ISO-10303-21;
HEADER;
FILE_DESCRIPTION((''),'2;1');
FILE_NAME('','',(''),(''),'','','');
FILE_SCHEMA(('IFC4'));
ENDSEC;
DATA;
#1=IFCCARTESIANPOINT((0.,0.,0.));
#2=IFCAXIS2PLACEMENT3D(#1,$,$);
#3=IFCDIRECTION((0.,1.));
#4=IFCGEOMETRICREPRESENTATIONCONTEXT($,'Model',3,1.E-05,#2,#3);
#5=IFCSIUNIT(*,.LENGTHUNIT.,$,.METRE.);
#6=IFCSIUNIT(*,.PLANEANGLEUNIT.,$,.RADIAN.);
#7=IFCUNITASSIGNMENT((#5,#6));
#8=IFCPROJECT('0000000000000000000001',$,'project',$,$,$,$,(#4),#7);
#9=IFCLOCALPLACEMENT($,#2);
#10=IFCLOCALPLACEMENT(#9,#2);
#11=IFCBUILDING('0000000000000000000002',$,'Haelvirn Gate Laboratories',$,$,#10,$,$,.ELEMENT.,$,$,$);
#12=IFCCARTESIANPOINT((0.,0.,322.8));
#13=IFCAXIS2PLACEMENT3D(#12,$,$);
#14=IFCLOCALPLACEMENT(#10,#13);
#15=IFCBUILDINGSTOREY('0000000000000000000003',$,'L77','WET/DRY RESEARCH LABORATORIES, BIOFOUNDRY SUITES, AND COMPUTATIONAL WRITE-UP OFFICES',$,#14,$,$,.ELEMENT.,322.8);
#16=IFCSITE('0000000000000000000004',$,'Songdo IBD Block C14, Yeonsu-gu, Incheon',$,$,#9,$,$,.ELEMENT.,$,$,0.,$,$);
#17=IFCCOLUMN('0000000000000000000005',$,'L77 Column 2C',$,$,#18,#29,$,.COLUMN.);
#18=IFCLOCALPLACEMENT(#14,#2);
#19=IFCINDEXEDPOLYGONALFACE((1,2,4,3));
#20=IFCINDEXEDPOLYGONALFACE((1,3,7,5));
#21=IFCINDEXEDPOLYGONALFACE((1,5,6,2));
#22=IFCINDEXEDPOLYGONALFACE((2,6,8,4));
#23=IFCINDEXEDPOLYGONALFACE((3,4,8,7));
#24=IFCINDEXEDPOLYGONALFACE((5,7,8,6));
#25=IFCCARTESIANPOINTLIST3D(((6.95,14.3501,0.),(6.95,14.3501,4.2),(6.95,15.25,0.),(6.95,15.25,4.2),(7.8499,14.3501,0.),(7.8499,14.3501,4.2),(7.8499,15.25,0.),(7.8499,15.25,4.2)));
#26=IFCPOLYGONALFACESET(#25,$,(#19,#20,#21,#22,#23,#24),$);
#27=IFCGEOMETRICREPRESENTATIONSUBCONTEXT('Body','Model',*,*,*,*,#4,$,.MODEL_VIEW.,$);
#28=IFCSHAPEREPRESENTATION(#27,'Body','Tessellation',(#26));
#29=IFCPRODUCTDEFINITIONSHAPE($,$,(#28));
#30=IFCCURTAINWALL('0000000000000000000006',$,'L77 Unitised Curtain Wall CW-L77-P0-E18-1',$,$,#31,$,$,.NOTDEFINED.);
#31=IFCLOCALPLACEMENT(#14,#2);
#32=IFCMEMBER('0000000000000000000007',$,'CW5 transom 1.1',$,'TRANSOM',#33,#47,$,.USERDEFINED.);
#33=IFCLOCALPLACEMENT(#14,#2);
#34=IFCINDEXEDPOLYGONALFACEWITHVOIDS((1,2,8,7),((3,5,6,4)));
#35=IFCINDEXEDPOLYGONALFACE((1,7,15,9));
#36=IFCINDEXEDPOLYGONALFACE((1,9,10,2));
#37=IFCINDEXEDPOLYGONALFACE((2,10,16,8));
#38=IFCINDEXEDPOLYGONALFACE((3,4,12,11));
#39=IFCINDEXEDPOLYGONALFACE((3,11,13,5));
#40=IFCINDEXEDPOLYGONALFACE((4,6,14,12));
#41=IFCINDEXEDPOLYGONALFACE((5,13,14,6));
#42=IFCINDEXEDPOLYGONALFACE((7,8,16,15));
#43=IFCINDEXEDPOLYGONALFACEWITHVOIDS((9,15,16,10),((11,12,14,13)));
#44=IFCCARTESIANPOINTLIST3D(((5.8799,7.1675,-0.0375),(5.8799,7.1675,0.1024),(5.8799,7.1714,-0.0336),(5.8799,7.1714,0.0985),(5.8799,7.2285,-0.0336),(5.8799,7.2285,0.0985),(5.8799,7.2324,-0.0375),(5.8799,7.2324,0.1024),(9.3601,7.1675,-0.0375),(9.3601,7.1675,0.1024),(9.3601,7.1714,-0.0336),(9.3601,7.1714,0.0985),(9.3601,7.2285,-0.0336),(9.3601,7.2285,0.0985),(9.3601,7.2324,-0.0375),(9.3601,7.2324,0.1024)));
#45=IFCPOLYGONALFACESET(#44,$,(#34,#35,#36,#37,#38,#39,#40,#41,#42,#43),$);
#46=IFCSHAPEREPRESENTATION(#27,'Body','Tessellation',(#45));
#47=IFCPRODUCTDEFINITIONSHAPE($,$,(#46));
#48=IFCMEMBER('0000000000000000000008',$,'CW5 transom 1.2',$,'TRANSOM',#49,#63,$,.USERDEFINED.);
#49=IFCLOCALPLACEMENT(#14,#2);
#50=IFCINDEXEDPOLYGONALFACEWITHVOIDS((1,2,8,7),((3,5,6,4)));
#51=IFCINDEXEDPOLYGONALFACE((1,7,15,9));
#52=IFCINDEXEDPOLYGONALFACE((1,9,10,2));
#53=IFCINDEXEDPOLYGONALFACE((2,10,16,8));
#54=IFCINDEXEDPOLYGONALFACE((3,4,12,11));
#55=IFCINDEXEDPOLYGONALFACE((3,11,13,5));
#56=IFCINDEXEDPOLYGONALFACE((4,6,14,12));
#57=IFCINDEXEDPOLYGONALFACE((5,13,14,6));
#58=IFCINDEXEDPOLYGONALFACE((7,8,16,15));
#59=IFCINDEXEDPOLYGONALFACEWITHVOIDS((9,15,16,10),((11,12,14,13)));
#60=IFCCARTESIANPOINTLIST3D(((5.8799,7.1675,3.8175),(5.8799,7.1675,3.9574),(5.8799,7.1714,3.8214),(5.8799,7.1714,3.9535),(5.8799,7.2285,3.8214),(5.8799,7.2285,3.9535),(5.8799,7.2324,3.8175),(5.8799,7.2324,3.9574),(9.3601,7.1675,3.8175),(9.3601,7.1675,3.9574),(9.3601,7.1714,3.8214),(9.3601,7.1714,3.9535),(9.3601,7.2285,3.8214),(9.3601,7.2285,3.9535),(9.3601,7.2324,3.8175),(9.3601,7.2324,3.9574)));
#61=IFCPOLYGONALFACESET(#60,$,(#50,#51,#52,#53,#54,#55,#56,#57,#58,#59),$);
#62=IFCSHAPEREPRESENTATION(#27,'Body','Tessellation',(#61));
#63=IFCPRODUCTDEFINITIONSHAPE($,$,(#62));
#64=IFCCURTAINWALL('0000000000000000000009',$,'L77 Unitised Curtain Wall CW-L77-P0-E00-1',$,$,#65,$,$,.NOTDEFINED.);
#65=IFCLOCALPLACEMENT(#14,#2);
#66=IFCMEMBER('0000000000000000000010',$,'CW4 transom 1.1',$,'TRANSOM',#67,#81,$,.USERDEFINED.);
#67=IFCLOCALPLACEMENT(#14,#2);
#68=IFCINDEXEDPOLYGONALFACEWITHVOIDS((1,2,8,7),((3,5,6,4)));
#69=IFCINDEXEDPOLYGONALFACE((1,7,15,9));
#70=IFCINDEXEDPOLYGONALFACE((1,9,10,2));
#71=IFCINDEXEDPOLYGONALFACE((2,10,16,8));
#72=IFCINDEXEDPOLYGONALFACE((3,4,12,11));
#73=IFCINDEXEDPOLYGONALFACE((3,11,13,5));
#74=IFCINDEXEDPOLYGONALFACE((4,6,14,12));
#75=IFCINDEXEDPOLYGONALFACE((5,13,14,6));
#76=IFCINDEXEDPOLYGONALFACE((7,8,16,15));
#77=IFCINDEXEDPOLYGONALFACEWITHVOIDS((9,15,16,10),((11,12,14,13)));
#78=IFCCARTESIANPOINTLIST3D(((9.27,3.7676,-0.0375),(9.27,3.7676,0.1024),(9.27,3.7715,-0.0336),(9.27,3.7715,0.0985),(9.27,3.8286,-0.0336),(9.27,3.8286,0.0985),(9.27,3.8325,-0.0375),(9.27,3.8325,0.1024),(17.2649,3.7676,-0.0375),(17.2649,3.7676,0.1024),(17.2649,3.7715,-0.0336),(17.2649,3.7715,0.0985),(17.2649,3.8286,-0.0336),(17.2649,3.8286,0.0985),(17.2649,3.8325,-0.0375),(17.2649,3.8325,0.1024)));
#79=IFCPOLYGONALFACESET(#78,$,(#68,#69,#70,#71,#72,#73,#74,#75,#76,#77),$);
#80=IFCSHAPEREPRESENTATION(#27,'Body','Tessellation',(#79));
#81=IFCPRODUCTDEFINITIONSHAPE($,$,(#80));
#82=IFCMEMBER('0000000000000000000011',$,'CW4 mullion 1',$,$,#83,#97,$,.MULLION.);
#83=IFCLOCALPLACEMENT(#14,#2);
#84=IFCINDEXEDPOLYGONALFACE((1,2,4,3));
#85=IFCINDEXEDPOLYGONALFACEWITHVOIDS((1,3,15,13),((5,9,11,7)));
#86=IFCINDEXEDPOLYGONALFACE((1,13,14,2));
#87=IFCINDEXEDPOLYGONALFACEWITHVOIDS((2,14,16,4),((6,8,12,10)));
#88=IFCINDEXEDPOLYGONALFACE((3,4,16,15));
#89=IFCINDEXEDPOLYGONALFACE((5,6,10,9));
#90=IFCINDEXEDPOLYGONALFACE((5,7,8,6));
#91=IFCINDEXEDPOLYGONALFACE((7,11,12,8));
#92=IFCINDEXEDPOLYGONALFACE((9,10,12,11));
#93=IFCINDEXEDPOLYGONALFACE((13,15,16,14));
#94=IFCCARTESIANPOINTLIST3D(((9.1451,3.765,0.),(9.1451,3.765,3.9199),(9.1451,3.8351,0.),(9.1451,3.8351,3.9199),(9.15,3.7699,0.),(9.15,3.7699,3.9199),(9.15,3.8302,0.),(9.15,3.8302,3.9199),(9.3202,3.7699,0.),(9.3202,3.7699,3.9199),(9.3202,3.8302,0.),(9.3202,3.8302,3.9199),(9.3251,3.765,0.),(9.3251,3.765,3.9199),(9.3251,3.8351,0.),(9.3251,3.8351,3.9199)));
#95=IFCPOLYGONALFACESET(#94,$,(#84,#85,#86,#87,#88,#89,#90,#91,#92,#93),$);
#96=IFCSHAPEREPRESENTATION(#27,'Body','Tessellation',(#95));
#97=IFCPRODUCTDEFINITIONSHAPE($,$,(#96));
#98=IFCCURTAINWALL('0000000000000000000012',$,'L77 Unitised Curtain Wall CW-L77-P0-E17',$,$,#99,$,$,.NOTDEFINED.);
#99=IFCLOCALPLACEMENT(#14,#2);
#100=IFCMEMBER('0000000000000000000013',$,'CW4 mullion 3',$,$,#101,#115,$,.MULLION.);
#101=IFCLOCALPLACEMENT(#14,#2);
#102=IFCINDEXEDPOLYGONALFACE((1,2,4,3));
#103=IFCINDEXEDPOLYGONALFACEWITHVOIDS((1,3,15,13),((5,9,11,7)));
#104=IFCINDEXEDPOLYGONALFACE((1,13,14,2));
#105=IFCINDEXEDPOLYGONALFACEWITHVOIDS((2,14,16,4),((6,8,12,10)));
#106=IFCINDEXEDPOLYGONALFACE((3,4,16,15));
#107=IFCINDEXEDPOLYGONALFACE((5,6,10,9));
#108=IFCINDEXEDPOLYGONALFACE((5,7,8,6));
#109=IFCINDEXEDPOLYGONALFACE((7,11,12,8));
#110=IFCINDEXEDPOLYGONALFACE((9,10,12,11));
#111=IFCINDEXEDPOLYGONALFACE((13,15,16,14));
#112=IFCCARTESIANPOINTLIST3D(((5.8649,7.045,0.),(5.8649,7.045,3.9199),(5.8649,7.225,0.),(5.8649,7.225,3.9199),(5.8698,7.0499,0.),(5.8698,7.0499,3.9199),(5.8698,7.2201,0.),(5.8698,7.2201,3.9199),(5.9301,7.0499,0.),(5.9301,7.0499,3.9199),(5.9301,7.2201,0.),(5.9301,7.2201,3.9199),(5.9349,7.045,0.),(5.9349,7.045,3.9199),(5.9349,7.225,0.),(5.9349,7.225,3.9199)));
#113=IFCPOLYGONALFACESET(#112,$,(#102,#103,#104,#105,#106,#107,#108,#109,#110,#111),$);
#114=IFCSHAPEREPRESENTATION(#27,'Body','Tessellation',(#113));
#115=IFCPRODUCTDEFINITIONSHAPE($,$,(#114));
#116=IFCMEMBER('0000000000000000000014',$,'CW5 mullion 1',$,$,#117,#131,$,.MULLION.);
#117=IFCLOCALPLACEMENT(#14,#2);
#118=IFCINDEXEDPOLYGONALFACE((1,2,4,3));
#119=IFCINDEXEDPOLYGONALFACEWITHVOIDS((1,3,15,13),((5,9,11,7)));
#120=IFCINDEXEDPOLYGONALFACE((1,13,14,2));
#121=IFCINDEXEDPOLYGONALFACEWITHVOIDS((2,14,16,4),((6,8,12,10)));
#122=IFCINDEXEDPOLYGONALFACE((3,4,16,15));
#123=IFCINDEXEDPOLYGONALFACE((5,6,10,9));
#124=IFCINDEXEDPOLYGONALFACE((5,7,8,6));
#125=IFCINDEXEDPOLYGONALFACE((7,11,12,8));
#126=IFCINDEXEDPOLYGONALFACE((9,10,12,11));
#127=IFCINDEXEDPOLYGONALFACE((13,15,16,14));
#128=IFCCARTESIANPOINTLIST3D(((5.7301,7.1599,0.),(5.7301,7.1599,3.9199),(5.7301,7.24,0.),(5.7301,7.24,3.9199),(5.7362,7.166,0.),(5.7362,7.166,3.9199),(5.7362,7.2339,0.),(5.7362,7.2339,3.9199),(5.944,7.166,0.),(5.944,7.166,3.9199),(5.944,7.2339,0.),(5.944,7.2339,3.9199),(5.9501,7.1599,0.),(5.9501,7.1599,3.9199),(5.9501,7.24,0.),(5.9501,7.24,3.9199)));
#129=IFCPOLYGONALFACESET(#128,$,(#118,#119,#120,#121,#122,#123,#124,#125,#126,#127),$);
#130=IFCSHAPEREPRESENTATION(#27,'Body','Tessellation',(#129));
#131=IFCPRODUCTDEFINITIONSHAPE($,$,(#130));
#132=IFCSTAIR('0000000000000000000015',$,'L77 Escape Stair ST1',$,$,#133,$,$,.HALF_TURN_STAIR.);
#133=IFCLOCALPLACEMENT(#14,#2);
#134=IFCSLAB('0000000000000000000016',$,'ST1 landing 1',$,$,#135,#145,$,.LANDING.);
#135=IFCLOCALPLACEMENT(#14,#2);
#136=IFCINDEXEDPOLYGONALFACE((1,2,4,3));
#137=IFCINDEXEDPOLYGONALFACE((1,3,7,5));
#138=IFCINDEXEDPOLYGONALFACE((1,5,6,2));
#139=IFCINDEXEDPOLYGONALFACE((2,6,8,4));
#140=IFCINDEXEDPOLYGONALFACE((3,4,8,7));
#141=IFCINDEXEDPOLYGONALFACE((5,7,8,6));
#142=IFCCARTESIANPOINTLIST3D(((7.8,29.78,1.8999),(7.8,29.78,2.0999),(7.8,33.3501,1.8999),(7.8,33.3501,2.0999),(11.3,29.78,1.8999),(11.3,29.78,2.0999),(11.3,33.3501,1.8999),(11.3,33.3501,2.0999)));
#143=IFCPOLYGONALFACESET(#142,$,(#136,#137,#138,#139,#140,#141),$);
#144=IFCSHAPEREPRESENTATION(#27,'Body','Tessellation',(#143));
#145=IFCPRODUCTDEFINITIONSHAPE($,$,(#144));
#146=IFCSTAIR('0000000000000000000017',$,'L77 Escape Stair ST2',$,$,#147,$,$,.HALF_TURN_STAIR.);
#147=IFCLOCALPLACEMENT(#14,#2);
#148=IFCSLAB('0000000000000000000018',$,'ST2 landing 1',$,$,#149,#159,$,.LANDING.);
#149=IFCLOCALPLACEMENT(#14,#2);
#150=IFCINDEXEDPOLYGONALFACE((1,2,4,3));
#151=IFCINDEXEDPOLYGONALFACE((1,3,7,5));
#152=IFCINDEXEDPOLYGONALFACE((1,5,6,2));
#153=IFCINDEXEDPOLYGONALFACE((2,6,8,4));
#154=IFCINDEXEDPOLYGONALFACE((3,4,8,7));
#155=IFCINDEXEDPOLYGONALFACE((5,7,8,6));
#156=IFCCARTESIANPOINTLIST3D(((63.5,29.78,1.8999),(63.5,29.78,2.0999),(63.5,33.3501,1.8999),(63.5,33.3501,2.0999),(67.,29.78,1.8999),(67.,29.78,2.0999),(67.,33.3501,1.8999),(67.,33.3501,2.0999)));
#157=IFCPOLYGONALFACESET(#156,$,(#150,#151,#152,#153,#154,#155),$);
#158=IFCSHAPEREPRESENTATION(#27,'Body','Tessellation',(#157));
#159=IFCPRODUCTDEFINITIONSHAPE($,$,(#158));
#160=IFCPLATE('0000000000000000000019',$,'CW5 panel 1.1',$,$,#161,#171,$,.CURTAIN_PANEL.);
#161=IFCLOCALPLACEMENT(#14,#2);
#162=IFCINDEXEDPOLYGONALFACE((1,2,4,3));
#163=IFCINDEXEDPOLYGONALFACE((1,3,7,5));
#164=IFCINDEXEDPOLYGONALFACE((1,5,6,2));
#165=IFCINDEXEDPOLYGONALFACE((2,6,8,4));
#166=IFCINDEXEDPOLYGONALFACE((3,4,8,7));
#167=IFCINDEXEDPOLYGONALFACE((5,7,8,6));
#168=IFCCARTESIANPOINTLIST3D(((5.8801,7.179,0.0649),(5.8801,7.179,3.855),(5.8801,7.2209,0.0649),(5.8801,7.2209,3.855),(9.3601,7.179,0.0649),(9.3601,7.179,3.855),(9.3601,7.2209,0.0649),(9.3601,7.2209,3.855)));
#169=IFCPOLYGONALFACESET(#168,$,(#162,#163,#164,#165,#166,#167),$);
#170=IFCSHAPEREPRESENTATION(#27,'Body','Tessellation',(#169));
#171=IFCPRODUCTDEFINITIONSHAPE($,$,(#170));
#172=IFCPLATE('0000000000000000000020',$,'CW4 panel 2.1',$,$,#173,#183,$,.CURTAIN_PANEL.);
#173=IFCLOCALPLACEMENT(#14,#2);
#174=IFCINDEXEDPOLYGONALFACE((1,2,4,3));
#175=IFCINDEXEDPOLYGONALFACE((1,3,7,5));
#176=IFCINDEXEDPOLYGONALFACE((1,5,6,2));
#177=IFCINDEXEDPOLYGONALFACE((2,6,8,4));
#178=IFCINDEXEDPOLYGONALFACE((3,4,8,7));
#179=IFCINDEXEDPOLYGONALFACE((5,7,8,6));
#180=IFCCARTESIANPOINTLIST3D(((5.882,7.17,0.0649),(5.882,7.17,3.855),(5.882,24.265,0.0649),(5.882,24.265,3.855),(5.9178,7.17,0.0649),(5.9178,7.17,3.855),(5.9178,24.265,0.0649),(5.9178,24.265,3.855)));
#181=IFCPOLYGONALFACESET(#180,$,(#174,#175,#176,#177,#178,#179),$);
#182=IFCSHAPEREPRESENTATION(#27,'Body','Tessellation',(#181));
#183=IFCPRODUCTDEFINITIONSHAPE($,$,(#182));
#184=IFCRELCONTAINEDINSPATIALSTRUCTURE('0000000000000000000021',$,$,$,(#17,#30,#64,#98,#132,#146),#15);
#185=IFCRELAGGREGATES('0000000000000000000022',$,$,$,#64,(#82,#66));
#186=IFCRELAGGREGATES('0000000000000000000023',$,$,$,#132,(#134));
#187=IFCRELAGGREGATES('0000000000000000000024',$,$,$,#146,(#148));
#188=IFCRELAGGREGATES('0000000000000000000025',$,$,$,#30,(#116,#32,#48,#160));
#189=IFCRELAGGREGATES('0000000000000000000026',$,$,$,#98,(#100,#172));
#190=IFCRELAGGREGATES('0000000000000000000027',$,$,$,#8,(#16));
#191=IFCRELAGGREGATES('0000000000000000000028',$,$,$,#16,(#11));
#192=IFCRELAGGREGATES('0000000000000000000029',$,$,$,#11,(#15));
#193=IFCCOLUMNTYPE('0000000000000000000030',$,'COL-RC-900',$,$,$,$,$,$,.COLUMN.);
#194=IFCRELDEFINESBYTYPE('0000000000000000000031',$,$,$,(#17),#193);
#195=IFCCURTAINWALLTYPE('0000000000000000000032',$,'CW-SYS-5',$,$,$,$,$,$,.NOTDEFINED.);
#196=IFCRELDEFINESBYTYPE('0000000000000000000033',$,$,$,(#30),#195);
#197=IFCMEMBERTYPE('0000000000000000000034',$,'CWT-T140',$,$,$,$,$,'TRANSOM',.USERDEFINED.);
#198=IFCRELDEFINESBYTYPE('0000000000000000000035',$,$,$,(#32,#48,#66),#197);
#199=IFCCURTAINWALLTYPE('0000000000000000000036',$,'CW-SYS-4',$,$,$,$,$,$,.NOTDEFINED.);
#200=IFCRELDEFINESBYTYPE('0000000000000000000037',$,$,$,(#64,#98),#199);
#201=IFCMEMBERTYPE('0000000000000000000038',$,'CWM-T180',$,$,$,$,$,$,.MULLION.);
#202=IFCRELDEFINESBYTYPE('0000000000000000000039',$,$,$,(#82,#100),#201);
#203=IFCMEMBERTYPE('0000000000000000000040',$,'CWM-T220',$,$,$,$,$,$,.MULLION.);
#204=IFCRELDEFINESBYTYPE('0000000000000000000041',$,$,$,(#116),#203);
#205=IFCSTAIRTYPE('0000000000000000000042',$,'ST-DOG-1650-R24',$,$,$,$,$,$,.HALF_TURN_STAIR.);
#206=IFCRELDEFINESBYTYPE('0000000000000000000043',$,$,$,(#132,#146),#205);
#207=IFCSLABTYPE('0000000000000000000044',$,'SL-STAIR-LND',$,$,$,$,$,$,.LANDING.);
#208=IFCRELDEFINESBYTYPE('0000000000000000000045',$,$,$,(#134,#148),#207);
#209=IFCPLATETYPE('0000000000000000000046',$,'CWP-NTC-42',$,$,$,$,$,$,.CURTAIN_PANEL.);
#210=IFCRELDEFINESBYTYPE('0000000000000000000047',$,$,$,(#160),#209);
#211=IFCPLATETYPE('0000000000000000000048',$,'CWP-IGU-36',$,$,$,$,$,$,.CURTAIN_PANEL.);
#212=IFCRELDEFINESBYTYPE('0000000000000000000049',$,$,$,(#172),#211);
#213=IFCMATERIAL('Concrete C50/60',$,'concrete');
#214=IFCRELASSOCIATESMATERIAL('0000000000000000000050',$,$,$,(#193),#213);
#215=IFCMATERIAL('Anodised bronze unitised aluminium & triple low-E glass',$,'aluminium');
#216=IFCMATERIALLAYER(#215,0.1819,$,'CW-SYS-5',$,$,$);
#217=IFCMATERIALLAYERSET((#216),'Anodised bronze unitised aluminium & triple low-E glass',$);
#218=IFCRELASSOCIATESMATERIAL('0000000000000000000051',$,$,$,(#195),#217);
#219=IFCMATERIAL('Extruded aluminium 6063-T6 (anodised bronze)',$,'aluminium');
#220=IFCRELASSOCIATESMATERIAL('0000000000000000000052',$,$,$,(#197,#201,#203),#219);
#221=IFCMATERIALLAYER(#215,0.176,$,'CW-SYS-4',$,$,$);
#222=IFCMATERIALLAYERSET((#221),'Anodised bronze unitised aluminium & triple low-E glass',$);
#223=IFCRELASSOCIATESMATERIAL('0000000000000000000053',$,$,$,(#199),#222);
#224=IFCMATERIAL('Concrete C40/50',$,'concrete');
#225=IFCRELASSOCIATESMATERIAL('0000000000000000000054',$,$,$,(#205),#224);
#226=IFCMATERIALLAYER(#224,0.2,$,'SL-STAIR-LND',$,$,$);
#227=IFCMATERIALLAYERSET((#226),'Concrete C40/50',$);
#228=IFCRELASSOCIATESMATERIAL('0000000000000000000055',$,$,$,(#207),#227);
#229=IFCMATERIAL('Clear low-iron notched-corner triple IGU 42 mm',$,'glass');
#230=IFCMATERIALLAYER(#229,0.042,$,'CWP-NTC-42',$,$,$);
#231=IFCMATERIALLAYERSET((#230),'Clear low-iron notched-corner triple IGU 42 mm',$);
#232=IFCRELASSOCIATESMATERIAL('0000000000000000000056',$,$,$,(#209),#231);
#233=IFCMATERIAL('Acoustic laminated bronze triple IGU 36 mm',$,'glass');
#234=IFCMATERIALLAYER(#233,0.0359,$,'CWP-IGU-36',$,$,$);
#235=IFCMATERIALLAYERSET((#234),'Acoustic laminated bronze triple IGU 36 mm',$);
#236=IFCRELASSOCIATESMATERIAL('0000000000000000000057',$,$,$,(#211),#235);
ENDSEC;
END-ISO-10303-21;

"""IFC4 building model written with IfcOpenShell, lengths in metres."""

from ifc_helpers import new_model, si_unit, direction, frame, origin, origin_2d, place, context, subcontext, project, spatial, polyline, rectangle, hollow_rectangle, outline, extrude, source, transform, mapped, material, layer, layer_set, material_profile, profile_set, type_object, type_shapes, element, aggregate, save


model = new_model("IFC4")

# Units and contexts
model_context = context("Model", 3, precision=1e-05, world=origin(), true_north=direction((0.0, 1.0)))
body_context = subcontext(model_context, "Body", "Model", "MODEL_VIEW")
ifc_project = project(units=[si_unit("LENGTHUNIT", "METRE"), si_unit("PLANEANGLEUNIT", "RADIAN")], contexts=[model_context])

# Site, building, storey
site_placement = place(None, origin())
site = spatial("IfcSite", under=ifc_project, at=site_placement, Name="Songdo IBD Block C14, Yeonsu-gu, Incheon", CompositionType="ELEMENT", RefElevation=0.0)
building_placement = place(site_placement, origin())
building = spatial("IfcBuilding", under=site, at=building_placement, Name="Haelvirn Gate Laboratories", CompositionType="ELEMENT")
storey_placement = place(building_placement, frame((0.0, 0.0, 322.8)))
storey = spatial("IfcBuildingStorey", under=building, at=storey_placement, Name="L77", Description="WET/DRY RESEARCH LABORATORIES, BIOFOUNDRY SUITES, AND COMPUTATIONAL WRITE-UP OFFICES", CompositionType="ELEMENT", Elevation=322.8)

# Column
ifc_material_1 = material(Name="Concrete C50/60", Category="concrete")
ifc_material_profile_1 = material_profile(ifc_material_1, rectangle(XDim=0.8999, YDim=0.8999, at=origin_2d()), Name="RC-900x900")
ifc_profile_set_1 = profile_set([ifc_material_profile_1], Name="Concrete C50/60")
column_type = type_object("IfcColumnType", Name="COL-RC-900", PredefinedType="COLUMN", material=ifc_profile_set_1)
shared_shape_1 = source(origin(), body_context, "Body", "SweptSolid", [
    extrude(rectangle(XDim=0.8999, YDim=0.8999, at=origin_2d()), origin(), (0.0, 0.0, 1.0), 4.2),
])
type_shapes(column_type, [shared_shape_1])
column_placement = place(storey_placement, frame((7.3999, 14.8, 0.0), z_axis=(0.0, 0.0, 1.0), x_axis=(1.0, 0.0, 0.0)))
element("IfcColumn", 1, at=column_placement, inside=storey, type_object=column_type, Name="L77 Column 2C", PredefinedType="COLUMN", context=body_context, shape_type="MappedRepresentation", body=[
    mapped(shared_shape_1, transform((0.0, 0.0, 0.0), scale=1.0)),
])

# Curtain walls, members
ifc_material_2 = material(Name="Anodised bronze unitised aluminium & triple low-E glass", Category="aluminium")
ifc_layer_1 = layer(ifc_material_2, 0.1819, Name="CW-SYS-5")
ifc_layer_set_1 = layer_set([ifc_layer_1], Name="Anodised bronze unitised aluminium & triple low-E glass")
curtain_wall_type_1 = type_object("IfcCurtainWallType", Name="CW-SYS-5", PredefinedType="NOTDEFINED", material=ifc_layer_set_1)
curtain_wall_1_placement = place(storey_placement, origin())
curtain_wall_1 = element("IfcCurtainWall", 2, at=curtain_wall_1_placement, inside=storey, type_object=curtain_wall_type_1, Name="L77 Unitised Curtain Wall CW-L77-P0-E18-1", PredefinedType="NOTDEFINED")
ifc_material_3 = material(Name="Extruded aluminium 6063-T6 (anodised bronze)", Category="aluminium")
ifc_material_profile_2 = material_profile(ifc_material_3, hollow_rectangle(XDim=0.0649, YDim=0.1399, WallThickness=0.0039, at=origin_2d()), Name="CWT-140x65x4")
ifc_profile_set_2 = profile_set([ifc_material_profile_2], Name="Extruded aluminium 6063-T6 (anodised bronze)")
member_type_1 = type_object("IfcMemberType", Name="CWT-T140", ElementType="TRANSOM", PredefinedType="USERDEFINED", material=ifc_profile_set_2)
shared_shape_2 = source(origin(), body_context, "Body", "SweptSolid", [
    extrude(hollow_rectangle(XDim=0.0649, YDim=0.1399, WallThickness=0.0039, at=origin_2d()), origin(), (0.0, 0.0, 1.0), 3.4802),
])
member_1_placement = place(storey_placement, frame((5.8799, 7.2, 0.0325), z_axis=(1.0, 0.0, 0.0), x_axis=(0.0, 1.0, 0.0)))
member_1 = element("IfcMember", 3, at=member_1_placement, type_object=member_type_1, Name="CW5 transom 1.1", ObjectType="TRANSOM", PredefinedType="USERDEFINED", context=body_context, shape_type="MappedRepresentation", body=[
    mapped(shared_shape_2, transform((0.0, 0.0, 0.0), scale=1.0)),
])
member_2_placement = place(storey_placement, frame((5.8799, 7.2, 3.8875), z_axis=(1.0, 0.0, 0.0), x_axis=(0.0, 1.0, 0.0)))
member_2 = element("IfcMember", 4, at=member_2_placement, type_object=member_type_1, Name="CW5 transom 1.2", ObjectType="TRANSOM", PredefinedType="USERDEFINED", context=body_context, shape_type="MappedRepresentation", body=[
    mapped(shared_shape_2, transform((0.0, 0.0, 0.0), scale=1.0)),
])
ifc_layer_2 = layer(ifc_material_2, 0.176, Name="CW-SYS-4")
ifc_layer_set_2 = layer_set([ifc_layer_2], Name="Anodised bronze unitised aluminium & triple low-E glass")
curtain_wall_type_2 = type_object("IfcCurtainWallType", Name="CW-SYS-4", PredefinedType="NOTDEFINED", material=ifc_layer_set_2)
curtain_wall_2_placement = place(storey_placement, origin())
curtain_wall_2 = element("IfcCurtainWall", 5, at=curtain_wall_2_placement, inside=storey, type_object=curtain_wall_type_2, Name="L77 Unitised Curtain Wall CW-L77-P0-E00-1", PredefinedType="NOTDEFINED")
shared_shape_3 = source(origin(), body_context, "Body", "SweptSolid", [
    extrude(hollow_rectangle(XDim=0.0649, YDim=0.1399, WallThickness=0.0039, at=origin_2d()), origin(), (0.0, 0.0, 1.0), 7.9949),
])
type_shapes(member_type_1, [shared_shape_2, shared_shape_3])
member_3_placement = place(storey_placement, frame((9.27, 3.8, 0.0325), z_axis=(1.0, 0.0, 0.0), x_axis=(0.0, 1.0, 0.0)))
member_3 = element("IfcMember", 6, at=member_3_placement, type_object=member_type_1, Name="CW4 transom 1.1", ObjectType="TRANSOM", PredefinedType="USERDEFINED", context=body_context, shape_type="MappedRepresentation", body=[
    mapped(shared_shape_3, transform((0.0, 0.0, 0.0), scale=1.0)),
])
ifc_material_profile_3 = material_profile(ifc_material_3, hollow_rectangle(XDim=0.0701, YDim=0.1799, WallThickness=0.0049, at=origin_2d()), Name="CWM-180x70x5")
ifc_profile_set_3 = profile_set([ifc_material_profile_3], Name="Extruded aluminium 6063-T6 (anodised bronze)")
member_type_2 = type_object("IfcMemberType", Name="CWM-T180", PredefinedType="MULLION", material=ifc_profile_set_3)
shared_shape_4 = source(origin(), body_context, "Body", "SweptSolid", [
    extrude(hollow_rectangle(XDim=0.0701, YDim=0.1799, WallThickness=0.0049, at=origin_2d()), origin(), (0.0, 0.0, 1.0), 3.9199),
])
type_shapes(member_type_2, [shared_shape_4])
member_4_placement = place(storey_placement, frame((9.2351, 3.8, 0.0), z_axis=(0.0, 0.0, 1.0), x_axis=(0.0, 1.0, 0.0)))
member_4 = element("IfcMember", 7, at=member_4_placement, type_object=member_type_2, Name="CW4 mullion 1", PredefinedType="MULLION", context=body_context, shape_type="MappedRepresentation", body=[
    mapped(shared_shape_4, transform((0.0, 0.0, 0.0), scale=1.0)),
])
aggregate(curtain_wall_2, [member_4, member_3])

# Curtain wall, member
curtain_wall_3_placement = place(storey_placement, origin())
curtain_wall_3 = element("IfcCurtainWall", 8, at=curtain_wall_3_placement, inside=storey, type_object=curtain_wall_type_2, Name="L77 Unitised Curtain Wall CW-L77-P0-E17", PredefinedType="NOTDEFINED")
member_5_placement = place(storey_placement, frame((5.8999, 7.135, 0.0), z_axis=(0.0, 0.0, 1.0), x_axis=(1.0, 0.0, 0.0)))
member_5 = element("IfcMember", 9, at=member_5_placement, type_object=member_type_2, Name="CW4 mullion 3", PredefinedType="MULLION", context=body_context, shape_type="MappedRepresentation", body=[
    mapped(shared_shape_4, transform((0.0, 0.0, 0.0), scale=1.0)),
])

# Member
ifc_material_profile_4 = material_profile(ifc_material_3, hollow_rectangle(XDim=0.0801, YDim=0.22, WallThickness=0.0061, at=origin_2d()), Name="CWM-220x80x6")
ifc_profile_set_4 = profile_set([ifc_material_profile_4], Name="Extruded aluminium 6063-T6 (anodised bronze)")
member_type_3 = type_object("IfcMemberType", Name="CWM-T220", PredefinedType="MULLION", material=ifc_profile_set_4)
shared_shape_5 = source(origin(), body_context, "Body", "SweptSolid", [
    extrude(hollow_rectangle(XDim=0.0801, YDim=0.22, WallThickness=0.0061, at=origin_2d()), origin(), (0.0, 0.0, 1.0), 3.9199),
])
type_shapes(member_type_3, [shared_shape_5])
member_6_placement = place(storey_placement, frame((5.8401, 7.2, 0.0), z_axis=(0.0, 0.0, 1.0), x_axis=(0.0, 1.0, 0.0)))
member_6 = element("IfcMember", 10, at=member_6_placement, type_object=member_type_3, Name="CW5 mullion 1", PredefinedType="MULLION", context=body_context, shape_type="MappedRepresentation", body=[
    mapped(shared_shape_5, transform((0.0, 0.0, 0.0), scale=1.0)),
])

# Stairs, slabs
ifc_material_4 = material(Name="Concrete C40/50", Category="concrete")
stair_type = type_object("IfcStairType", Name="ST-DOG-1650-R24", PredefinedType="HALF_TURN_STAIR", material=ifc_material_4)
stair_1_placement = place(storey_placement, origin())
stair_1 = element("IfcStair", 11, at=stair_1_placement, inside=storey, type_object=stair_type, Name="L77 Escape Stair ST1", PredefinedType="HALF_TURN_STAIR")
ifc_layer_3 = layer(ifc_material_4, 0.2, Name="SL-STAIR-LND")
ifc_layer_set_3 = layer_set([ifc_layer_3], Name="Concrete C40/50")
slab_type = type_object("IfcSlabType", Name="SL-STAIR-LND", PredefinedType="LANDING", material=ifc_layer_set_3)
slab_1_placement = place(storey_placement, frame((0.0, 0.0, 1.8999)))
slab_1 = element("IfcSlab", 12, at=slab_1_placement, type_object=slab_type, Name="ST1 landing 1", PredefinedType="LANDING", context=body_context, shape_type="SweptSolid", body=[
    extrude(outline(polyline([(11.3, 29.78), (11.3, 33.3501), (7.8, 33.3501), (7.8, 29.78), (11.3, 29.78)])), origin(), (0.0, 0.0, 1.0), 0.2),
])
aggregate(stair_1, [slab_1])
stair_2_placement = place(storey_placement, origin())
stair_2 = element("IfcStair", 13, at=stair_2_placement, inside=storey, type_object=stair_type, Name="L77 Escape Stair ST2", PredefinedType="HALF_TURN_STAIR")
slab_2_placement = place(storey_placement, frame((0.0, 0.0, 1.8999)))
slab_2 = element("IfcSlab", 14, at=slab_2_placement, type_object=slab_type, Name="ST2 landing 1", PredefinedType="LANDING", context=body_context, shape_type="SweptSolid", body=[
    extrude(outline(polyline([(67.0, 29.78), (67.0, 33.3501), (63.5, 33.3501), (63.5, 29.78), (67.0, 29.78)])), origin(), (0.0, 0.0, 1.0), 0.2),
])
aggregate(stair_2, [slab_2])

# Plates
ifc_material_5 = material(Name="Clear low-iron notched-corner triple IGU 42 mm", Category="glass")
ifc_layer_4 = layer(ifc_material_5, 0.042, Name="CWP-NTC-42")
ifc_layer_set_4 = layer_set([ifc_layer_4], Name="Clear low-iron notched-corner triple IGU 42 mm")
plate_type_1 = type_object("IfcPlateType", Name="CWP-NTC-42", PredefinedType="CURTAIN_PANEL", material=ifc_layer_set_4)
shared_shape_6 = source(origin(), body_context, "Body", "SweptSolid", [
    extrude(rectangle(XDim=3.48, YDim=0.042, at=origin_2d()), origin(), (0.0, 0.0, 1.0), 3.79),
])
type_shapes(plate_type_1, [shared_shape_6])
plate_1_placement = place(storey_placement, frame((7.6201, 7.2, 0.0649), z_axis=(0.0, 0.0, 1.0), x_axis=(1.0, 0.0, 0.0)))
plate_1 = element("IfcPlate", 15, at=plate_1_placement, type_object=plate_type_1, Name="CW5 panel 1.1", PredefinedType="CURTAIN_PANEL", context=body_context, shape_type="MappedRepresentation", body=[
    mapped(shared_shape_6, transform((0.0, 0.0, 0.0), scale=1.0)),
])
aggregate(curtain_wall_1, [member_6, member_1, member_2, plate_1])
ifc_material_6 = material(Name="Acoustic laminated bronze triple IGU 36 mm", Category="glass")
ifc_layer_5 = layer(ifc_material_6, 0.0359, Name="CWP-IGU-36")
ifc_layer_set_5 = layer_set([ifc_layer_5], Name="Acoustic laminated bronze triple IGU 36 mm")
plate_type_2 = type_object("IfcPlateType", Name="CWP-IGU-36", PredefinedType="CURTAIN_PANEL", material=ifc_layer_set_5)
shared_shape_7 = source(origin(), body_context, "Body", "SweptSolid", [
    extrude(rectangle(XDim=17.095, YDim=0.0359, at=origin_2d()), origin(), (0.0, 0.0, 1.0), 3.79),
])
type_shapes(plate_type_2, [shared_shape_7])
plate_2_placement = place(storey_placement, frame((5.8999, 15.7175, 0.0649), z_axis=(0.0, 0.0, 1.0), x_axis=(0.0, -1.0, 0.0)))
plate_2 = element("IfcPlate", 16, at=plate_2_placement, type_object=plate_type_2, Name="CW4 panel 2.1", PredefinedType="CURTAIN_PANEL", context=body_context, shape_type="MappedRepresentation", body=[
    mapped(shared_shape_7, transform((0.0, 0.0, 0.0), scale=1.0)),
])
aggregate(curtain_wall_3, [member_5, plate_2])

save(model, "model.ifc")
